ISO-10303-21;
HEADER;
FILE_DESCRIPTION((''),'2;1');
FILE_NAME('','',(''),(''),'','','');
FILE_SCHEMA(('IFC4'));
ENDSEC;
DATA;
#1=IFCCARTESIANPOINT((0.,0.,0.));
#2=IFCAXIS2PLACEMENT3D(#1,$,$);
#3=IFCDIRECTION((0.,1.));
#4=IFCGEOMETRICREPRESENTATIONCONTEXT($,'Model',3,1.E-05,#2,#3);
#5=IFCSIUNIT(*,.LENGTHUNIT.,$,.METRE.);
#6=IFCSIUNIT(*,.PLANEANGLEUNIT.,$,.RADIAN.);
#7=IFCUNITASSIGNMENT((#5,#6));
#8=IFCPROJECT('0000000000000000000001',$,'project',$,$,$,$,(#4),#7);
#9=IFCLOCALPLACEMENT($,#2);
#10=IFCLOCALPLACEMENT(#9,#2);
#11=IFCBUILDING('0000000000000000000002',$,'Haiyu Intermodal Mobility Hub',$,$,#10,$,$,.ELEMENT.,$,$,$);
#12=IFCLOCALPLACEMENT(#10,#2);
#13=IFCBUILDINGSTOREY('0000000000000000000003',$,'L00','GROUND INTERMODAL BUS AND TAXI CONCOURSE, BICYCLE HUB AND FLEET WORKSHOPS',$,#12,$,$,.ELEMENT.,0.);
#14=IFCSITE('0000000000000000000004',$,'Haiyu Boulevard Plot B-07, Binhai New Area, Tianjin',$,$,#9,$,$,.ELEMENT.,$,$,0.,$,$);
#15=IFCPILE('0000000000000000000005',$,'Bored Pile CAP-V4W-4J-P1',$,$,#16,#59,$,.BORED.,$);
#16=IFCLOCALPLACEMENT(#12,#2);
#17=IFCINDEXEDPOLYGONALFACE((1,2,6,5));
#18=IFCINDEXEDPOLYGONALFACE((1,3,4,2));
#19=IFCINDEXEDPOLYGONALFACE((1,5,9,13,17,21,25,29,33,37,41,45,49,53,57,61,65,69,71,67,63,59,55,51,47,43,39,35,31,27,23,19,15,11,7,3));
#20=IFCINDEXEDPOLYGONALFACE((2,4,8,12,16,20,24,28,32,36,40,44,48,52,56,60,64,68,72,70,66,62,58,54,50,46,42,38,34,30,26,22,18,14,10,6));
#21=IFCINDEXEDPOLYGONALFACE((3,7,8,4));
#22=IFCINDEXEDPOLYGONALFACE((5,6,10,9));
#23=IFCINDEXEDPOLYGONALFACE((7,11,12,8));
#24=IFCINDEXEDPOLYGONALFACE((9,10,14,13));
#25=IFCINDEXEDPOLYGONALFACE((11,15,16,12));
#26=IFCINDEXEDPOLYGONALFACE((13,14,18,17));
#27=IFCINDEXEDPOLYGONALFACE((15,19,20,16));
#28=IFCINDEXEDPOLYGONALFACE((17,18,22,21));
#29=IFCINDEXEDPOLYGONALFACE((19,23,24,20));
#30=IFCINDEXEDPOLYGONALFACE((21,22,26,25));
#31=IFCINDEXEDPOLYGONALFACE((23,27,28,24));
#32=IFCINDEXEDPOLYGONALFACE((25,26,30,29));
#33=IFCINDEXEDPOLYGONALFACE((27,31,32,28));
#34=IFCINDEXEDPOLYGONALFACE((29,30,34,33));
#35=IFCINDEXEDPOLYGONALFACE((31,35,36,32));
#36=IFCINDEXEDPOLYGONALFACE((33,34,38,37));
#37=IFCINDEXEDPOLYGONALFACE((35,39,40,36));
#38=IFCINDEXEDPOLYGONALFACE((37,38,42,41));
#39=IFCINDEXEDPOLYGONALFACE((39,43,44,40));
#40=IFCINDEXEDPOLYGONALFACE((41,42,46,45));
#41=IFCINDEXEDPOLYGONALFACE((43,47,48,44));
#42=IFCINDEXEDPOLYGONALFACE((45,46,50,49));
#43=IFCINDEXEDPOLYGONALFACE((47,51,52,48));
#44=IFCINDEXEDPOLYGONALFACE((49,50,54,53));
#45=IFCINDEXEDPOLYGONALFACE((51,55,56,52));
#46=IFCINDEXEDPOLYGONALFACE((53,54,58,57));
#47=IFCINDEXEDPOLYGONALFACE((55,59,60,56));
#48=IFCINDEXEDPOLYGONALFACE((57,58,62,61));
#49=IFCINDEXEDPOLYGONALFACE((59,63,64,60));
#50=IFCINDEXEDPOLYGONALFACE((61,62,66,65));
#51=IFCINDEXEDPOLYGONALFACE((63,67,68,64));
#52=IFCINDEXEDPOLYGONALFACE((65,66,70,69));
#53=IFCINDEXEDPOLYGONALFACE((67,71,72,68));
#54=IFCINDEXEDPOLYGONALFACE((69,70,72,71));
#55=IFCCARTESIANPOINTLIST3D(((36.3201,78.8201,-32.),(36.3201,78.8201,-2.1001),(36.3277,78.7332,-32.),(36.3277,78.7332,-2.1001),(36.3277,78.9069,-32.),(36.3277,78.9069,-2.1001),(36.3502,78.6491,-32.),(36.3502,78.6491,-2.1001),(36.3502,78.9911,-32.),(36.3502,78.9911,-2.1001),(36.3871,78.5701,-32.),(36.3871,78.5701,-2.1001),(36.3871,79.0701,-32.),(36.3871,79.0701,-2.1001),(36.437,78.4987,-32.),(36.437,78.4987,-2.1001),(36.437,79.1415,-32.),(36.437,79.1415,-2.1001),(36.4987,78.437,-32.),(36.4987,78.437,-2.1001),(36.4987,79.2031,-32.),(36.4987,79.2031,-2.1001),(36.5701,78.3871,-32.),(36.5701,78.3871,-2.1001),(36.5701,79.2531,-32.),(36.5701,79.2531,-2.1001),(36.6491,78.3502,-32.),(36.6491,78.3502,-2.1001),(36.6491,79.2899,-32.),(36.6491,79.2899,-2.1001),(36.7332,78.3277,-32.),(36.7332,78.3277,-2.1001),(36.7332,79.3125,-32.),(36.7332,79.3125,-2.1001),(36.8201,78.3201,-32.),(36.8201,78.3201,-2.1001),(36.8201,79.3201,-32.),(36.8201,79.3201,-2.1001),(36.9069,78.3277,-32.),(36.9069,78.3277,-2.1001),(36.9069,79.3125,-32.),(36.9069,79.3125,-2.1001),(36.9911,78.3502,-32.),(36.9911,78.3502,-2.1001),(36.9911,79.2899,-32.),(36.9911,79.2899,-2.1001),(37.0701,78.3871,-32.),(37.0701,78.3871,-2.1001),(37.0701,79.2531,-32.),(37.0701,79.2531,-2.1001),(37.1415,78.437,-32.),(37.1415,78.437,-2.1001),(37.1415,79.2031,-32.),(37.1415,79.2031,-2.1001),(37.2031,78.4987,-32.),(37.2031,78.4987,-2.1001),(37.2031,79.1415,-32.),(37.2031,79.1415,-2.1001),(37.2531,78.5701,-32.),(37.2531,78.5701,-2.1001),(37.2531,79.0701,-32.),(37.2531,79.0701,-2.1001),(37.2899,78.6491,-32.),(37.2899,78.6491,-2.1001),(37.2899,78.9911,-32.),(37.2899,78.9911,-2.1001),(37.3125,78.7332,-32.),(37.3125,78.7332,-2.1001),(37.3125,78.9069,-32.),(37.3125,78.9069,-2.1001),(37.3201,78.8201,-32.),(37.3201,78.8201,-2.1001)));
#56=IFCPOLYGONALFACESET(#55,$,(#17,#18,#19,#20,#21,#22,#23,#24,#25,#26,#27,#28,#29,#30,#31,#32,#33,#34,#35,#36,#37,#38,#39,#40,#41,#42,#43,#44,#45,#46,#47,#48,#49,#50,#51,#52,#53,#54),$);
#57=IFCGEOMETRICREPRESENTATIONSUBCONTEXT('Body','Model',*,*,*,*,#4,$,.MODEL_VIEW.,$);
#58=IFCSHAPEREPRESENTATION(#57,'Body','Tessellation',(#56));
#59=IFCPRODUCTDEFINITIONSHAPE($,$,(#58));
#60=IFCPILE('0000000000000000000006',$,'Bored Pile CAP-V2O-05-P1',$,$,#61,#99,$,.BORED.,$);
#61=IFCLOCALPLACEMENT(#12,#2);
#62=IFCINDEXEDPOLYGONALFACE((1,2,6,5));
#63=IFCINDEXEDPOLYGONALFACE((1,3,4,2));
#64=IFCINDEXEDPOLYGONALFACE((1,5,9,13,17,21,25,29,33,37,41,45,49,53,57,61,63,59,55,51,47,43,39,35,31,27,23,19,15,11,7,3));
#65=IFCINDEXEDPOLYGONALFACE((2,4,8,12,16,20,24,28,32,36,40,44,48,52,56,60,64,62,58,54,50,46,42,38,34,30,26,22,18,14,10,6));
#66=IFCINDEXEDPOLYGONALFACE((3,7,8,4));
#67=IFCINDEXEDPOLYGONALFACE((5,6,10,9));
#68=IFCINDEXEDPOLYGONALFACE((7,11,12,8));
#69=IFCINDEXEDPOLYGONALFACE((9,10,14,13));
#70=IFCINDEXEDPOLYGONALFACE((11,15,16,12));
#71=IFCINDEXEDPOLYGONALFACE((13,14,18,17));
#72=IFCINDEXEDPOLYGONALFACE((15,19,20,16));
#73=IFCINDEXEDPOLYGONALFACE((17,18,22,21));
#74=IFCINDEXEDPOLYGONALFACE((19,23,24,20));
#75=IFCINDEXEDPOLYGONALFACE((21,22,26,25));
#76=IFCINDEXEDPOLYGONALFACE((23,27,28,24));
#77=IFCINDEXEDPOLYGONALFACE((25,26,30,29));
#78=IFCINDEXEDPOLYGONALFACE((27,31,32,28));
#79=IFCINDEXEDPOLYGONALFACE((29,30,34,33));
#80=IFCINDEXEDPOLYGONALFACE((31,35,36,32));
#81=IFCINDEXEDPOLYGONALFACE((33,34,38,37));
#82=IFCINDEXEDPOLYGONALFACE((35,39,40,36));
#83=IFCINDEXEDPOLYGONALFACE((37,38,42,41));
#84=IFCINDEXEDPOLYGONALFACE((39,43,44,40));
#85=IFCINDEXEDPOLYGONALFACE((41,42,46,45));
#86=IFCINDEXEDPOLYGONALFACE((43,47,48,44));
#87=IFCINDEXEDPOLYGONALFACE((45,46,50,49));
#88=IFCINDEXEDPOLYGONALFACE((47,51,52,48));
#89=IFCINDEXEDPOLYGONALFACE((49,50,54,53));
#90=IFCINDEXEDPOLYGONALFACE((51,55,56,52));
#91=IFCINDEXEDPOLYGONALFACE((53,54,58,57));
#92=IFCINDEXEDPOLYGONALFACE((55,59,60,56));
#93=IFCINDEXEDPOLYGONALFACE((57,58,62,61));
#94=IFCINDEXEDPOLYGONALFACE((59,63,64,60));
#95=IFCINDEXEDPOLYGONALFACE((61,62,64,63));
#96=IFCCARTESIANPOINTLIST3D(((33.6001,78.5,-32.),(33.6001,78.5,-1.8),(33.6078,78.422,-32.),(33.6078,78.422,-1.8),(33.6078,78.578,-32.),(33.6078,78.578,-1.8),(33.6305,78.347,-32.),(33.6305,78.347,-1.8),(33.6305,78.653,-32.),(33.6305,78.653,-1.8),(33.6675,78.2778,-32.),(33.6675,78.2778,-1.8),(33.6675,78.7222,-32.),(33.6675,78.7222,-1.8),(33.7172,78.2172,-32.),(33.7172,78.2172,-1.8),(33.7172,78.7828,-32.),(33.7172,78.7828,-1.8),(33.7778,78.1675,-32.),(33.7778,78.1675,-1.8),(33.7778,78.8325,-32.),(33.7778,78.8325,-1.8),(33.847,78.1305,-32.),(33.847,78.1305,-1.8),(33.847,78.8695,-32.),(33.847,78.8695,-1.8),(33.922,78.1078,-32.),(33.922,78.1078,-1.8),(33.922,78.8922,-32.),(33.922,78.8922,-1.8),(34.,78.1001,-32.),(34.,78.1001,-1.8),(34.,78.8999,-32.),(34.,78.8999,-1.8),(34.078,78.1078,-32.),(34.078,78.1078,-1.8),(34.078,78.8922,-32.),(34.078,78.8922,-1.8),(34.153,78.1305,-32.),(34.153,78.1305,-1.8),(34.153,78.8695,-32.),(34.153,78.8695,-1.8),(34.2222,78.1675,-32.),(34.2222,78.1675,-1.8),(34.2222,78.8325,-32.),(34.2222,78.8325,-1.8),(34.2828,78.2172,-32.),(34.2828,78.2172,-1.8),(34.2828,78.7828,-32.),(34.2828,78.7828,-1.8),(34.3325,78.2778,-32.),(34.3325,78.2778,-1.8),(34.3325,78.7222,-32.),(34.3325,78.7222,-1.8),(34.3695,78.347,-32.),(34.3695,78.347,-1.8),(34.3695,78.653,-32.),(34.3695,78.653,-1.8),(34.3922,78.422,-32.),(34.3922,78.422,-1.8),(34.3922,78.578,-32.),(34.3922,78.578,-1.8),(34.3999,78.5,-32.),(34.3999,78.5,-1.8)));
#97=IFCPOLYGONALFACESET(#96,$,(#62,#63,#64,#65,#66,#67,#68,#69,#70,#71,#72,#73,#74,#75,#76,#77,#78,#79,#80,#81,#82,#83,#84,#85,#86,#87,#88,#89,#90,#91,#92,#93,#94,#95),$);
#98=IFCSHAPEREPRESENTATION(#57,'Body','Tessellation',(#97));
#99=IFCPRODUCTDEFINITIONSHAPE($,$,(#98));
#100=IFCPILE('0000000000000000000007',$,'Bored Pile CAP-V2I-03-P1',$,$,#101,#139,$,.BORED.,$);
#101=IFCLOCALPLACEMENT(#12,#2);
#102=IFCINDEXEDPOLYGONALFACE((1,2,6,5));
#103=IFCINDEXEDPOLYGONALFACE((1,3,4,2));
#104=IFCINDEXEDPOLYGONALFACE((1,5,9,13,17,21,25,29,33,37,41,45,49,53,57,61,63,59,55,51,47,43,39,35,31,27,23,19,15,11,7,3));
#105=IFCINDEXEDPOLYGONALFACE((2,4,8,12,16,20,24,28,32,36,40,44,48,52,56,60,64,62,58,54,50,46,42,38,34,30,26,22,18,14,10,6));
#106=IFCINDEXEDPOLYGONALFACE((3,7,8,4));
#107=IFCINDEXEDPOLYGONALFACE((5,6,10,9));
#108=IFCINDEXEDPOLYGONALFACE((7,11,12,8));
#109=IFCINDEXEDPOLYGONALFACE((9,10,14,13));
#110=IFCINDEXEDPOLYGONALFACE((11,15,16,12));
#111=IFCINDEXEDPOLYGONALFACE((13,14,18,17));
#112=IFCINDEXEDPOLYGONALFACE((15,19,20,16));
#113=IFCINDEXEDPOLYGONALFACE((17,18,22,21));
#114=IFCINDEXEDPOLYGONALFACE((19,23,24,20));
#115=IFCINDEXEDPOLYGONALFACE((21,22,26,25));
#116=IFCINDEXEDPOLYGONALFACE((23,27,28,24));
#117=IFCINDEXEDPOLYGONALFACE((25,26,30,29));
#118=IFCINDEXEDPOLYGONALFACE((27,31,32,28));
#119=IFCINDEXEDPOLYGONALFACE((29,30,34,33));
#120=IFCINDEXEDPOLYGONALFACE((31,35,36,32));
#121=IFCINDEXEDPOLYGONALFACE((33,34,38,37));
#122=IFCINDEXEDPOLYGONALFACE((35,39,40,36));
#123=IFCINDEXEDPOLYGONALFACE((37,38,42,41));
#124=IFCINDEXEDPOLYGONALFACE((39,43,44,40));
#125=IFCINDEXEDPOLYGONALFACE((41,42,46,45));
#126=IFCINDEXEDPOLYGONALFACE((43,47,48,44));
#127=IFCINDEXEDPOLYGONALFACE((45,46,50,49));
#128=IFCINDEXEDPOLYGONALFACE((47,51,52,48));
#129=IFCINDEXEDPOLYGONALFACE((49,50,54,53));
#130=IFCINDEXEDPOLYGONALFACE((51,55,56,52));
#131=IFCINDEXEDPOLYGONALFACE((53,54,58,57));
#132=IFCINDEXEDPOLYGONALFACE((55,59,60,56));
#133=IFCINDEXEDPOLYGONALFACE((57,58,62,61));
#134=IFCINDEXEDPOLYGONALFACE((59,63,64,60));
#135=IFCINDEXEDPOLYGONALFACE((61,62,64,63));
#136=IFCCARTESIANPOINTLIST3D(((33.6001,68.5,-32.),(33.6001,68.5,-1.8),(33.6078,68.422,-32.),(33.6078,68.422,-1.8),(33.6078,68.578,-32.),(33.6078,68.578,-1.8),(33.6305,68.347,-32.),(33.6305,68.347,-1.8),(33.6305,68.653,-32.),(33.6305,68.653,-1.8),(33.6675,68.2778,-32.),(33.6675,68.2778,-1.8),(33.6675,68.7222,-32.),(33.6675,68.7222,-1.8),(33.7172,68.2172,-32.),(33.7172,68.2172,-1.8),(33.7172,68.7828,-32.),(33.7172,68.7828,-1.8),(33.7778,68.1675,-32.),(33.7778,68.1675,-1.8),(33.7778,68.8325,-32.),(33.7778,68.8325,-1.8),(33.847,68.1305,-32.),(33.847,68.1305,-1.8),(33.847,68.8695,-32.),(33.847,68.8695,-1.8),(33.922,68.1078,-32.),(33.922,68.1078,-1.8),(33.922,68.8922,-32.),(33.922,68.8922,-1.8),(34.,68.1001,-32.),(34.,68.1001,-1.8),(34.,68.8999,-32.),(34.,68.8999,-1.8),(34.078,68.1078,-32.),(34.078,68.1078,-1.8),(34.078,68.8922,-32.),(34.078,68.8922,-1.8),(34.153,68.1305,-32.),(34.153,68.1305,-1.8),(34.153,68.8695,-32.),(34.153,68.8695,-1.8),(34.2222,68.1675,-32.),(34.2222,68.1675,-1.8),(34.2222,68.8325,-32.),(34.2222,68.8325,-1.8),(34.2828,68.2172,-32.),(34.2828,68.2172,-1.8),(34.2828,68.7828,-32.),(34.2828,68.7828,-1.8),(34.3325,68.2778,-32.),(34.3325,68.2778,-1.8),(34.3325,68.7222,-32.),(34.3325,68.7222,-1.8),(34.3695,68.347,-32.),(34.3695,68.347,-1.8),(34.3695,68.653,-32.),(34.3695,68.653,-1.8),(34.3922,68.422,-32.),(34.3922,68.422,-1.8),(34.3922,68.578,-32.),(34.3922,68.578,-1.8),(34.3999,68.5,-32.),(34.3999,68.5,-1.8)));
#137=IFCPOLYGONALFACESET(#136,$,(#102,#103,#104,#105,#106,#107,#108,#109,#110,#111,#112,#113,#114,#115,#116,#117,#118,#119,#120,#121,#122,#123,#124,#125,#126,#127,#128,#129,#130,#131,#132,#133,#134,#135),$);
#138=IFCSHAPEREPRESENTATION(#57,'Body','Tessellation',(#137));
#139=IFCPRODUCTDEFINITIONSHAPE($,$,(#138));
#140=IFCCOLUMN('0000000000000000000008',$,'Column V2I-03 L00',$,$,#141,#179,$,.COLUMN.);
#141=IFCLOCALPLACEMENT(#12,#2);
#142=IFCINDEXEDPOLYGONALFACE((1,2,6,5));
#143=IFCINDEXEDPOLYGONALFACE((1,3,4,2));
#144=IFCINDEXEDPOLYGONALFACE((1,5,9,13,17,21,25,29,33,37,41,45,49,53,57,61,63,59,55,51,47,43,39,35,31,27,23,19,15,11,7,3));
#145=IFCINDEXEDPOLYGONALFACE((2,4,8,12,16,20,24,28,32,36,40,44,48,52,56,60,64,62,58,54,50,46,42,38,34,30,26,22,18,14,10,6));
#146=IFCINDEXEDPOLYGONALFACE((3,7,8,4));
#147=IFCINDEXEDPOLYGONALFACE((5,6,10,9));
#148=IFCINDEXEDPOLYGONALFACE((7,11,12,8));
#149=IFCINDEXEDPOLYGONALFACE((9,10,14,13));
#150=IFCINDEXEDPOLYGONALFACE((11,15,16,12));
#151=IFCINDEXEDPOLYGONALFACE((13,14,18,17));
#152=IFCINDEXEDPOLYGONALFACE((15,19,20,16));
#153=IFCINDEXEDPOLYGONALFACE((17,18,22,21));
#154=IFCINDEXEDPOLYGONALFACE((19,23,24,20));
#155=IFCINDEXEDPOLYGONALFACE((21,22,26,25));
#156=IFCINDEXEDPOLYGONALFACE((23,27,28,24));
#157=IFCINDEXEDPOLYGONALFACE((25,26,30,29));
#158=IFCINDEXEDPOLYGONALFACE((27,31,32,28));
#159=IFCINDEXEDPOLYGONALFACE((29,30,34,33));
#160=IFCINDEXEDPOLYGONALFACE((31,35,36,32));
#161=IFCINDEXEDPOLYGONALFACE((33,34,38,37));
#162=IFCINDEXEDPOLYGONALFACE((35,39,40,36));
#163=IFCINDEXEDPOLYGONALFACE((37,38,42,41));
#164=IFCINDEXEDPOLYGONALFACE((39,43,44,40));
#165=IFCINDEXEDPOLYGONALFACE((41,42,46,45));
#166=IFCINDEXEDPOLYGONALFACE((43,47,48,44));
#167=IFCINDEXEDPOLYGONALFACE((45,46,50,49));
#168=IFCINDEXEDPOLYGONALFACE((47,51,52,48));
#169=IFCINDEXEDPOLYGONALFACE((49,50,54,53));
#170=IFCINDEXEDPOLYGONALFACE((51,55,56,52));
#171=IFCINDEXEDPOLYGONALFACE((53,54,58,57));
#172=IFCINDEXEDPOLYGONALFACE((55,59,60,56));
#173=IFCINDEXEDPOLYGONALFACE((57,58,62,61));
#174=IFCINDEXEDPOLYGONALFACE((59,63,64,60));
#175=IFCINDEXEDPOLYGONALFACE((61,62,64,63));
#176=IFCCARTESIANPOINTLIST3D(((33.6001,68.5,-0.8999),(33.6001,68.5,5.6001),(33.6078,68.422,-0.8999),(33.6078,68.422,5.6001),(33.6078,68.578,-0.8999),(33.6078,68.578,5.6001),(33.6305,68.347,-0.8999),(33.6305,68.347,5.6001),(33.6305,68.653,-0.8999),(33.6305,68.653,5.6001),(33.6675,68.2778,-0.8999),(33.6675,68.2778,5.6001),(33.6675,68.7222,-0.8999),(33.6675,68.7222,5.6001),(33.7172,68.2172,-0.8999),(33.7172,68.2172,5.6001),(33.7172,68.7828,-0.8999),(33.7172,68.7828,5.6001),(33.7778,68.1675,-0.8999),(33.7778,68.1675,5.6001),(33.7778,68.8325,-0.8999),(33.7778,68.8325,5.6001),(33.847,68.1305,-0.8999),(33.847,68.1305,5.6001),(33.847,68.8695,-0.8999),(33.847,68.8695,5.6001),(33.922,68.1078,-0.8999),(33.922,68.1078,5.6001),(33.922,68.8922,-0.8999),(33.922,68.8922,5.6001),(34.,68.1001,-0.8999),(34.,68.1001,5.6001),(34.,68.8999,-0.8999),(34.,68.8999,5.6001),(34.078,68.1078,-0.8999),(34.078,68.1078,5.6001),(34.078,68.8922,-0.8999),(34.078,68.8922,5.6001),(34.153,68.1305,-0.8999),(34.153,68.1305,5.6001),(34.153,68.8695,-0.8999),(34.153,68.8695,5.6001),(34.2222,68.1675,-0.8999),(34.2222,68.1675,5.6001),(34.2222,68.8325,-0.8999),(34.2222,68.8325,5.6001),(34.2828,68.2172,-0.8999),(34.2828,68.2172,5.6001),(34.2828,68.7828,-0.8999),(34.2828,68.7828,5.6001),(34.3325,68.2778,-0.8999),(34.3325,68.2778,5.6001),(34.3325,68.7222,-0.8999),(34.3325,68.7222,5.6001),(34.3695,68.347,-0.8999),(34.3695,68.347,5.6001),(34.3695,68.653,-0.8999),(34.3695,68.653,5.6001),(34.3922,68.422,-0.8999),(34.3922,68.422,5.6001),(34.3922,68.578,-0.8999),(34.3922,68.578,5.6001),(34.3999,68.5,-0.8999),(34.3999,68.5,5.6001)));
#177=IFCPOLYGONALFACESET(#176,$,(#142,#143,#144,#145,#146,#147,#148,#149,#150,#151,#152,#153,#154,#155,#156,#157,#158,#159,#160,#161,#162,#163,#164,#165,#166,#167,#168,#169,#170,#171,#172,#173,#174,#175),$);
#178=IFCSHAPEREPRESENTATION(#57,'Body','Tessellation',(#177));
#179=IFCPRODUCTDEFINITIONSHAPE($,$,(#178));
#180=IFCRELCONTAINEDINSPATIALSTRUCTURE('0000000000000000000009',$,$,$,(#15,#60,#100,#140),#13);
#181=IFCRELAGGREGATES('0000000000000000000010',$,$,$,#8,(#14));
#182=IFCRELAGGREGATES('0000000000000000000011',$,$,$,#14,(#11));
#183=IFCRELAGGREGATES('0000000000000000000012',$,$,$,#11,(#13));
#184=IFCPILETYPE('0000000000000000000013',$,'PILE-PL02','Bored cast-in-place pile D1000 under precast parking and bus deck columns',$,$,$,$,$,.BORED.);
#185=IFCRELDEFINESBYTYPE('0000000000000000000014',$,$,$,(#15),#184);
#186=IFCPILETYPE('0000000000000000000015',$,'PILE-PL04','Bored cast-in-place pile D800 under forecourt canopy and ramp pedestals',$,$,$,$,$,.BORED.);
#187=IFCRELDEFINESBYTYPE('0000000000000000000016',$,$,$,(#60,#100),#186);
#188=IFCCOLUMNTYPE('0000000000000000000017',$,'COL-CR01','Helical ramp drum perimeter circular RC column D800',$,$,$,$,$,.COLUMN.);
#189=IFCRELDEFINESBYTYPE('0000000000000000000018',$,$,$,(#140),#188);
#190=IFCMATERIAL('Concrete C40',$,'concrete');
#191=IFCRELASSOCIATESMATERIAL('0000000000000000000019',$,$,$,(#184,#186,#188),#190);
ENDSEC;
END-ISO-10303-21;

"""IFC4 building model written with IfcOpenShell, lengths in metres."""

from ifc_helpers import new_model, si_unit, direction, frame, origin, origin_2d, place, context, subcontext, project, spatial, circle, extrude, material, material_profile, profile_set, type_object, element, save


model = new_model("IFC4")

# Units and contexts
model_context = context("Model", 3, precision=1e-05, world=origin(), true_north=direction((0.0, 1.0)))
body_context = subcontext(model_context, "Body", "Model", "MODEL_VIEW")
ifc_project = project(units=[si_unit("LENGTHUNIT", "METRE"), si_unit("PLANEANGLEUNIT", "RADIAN")], contexts=[model_context])

# Site, building, storey
site_placement = place(None, origin())
site = spatial("IfcSite", under=ifc_project, at=site_placement, Name="Haiyu Boulevard Plot B-07, Binhai New Area, Tianjin", CompositionType="ELEMENT", RefElevation=0.0)
building_placement = place(site_placement, origin())
building = spatial("IfcBuilding", under=site, at=building_placement, Name="Haiyu Intermodal Mobility Hub", CompositionType="ELEMENT")
storey_placement = place(building_placement, origin())
storey = spatial("IfcBuildingStorey", under=building, at=storey_placement, Name="L00", Description="GROUND INTERMODAL BUS AND TAXI CONCOURSE, BICYCLE HUB AND FLEET WORKSHOPS", CompositionType="ELEMENT", Elevation=0.0)

# Shared definitions
ifc_material_1 = material(Name="Concrete C40", Category="concrete")

# Piles
ifc_material_profile_1 = material_profile(ifc_material_1, circle(Radius=0.5, at=origin_2d()), Name="PILE-D1000")
ifc_profile_set_1 = profile_set([ifc_material_profile_1], Name="Concrete C40")
pile_type_1 = type_object("IfcPileType", Name="PILE-PL02", Description="Bored cast-in-place pile D1000 under precast parking and bus deck columns", PredefinedType="BORED", material=ifc_profile_set_1)
for number, where, z_axis, x_axis, name in (
    (1, (36.8201, 78.8201, -2.1001), (0.0, 0.0, -1.0), (1.0, 0.0, 0.0), "Bored Pile CAP-V4W-4J-P1"),
):
    element("IfcPile", number, at=place(storey_placement, frame(where, z_axis=z_axis, x_axis=x_axis)), inside=storey, type_object=pile_type_1, Name=name, PredefinedType="BORED", context=body_context, shape_type="SweptSolid", body=[
        extrude(circle(Radius=0.5, at=origin_2d()), origin(), (0.0, 0.0, 1.0), 29.8999),
    ])
ifc_material_profile_2 = material_profile(ifc_material_1, circle(Radius=0.3999, at=origin_2d()), Name="PILE-D800")
ifc_profile_set_2 = profile_set([ifc_material_profile_2], Name="Concrete C40")
pile_type_2 = type_object("IfcPileType", Name="PILE-PL04", Description="Bored cast-in-place pile D800 under forecourt canopy and ramp pedestals", PredefinedType="BORED", material=ifc_profile_set_2)
for number, where, z_axis, x_axis, name in (
    (2, (34.0, 78.5, -1.8), (0.0, 0.0, -1.0), (1.0, 0.0, 0.0), "Bored Pile CAP-V2O-05-P1"),
    (3, (34.0, 68.5, -1.8), (0.0, 0.0, -1.0), (1.0, 0.0, 0.0), "Bored Pile CAP-V2I-03-P1"),
):
    element("IfcPile", number, at=place(storey_placement, frame(where, z_axis=z_axis, x_axis=x_axis)), inside=storey, type_object=pile_type_2, Name=name, PredefinedType="BORED", context=body_context, shape_type="SweptSolid", body=[
        extrude(circle(Radius=0.3999, at=origin_2d()), origin(), (0.0, 0.0, 1.0), 30.2),
    ])

# Column
ifc_material_profile_3 = material_profile(ifc_material_1, circle(Radius=0.3999, at=origin_2d()), Name="RCCOL-D800")
ifc_profile_set_3 = profile_set([ifc_material_profile_3], Name="Concrete C40")
column_type_1 = type_object("IfcColumnType", Name="COL-CR01", Description="Helical ramp drum perimeter circular RC column D800", PredefinedType="COLUMN", material=ifc_profile_set_3)
column_1_placement = place(storey_placement, frame((34.0, 68.5, -0.8999), z_axis=(0.0, 0.0, 1.0), x_axis=(1.0, 0.0, 0.0)))
element("IfcColumn", 4, at=column_1_placement, inside=storey, type_object=column_type_1, Name="Column V2I-03 L00", PredefinedType="COLUMN", context=body_context, shape_type="SweptSolid", body=[
    extrude(circle(Radius=0.3999, at=origin_2d()), origin(), (0.0, 0.0, 1.0), 6.5),
])

save(model, "model.ifc")
